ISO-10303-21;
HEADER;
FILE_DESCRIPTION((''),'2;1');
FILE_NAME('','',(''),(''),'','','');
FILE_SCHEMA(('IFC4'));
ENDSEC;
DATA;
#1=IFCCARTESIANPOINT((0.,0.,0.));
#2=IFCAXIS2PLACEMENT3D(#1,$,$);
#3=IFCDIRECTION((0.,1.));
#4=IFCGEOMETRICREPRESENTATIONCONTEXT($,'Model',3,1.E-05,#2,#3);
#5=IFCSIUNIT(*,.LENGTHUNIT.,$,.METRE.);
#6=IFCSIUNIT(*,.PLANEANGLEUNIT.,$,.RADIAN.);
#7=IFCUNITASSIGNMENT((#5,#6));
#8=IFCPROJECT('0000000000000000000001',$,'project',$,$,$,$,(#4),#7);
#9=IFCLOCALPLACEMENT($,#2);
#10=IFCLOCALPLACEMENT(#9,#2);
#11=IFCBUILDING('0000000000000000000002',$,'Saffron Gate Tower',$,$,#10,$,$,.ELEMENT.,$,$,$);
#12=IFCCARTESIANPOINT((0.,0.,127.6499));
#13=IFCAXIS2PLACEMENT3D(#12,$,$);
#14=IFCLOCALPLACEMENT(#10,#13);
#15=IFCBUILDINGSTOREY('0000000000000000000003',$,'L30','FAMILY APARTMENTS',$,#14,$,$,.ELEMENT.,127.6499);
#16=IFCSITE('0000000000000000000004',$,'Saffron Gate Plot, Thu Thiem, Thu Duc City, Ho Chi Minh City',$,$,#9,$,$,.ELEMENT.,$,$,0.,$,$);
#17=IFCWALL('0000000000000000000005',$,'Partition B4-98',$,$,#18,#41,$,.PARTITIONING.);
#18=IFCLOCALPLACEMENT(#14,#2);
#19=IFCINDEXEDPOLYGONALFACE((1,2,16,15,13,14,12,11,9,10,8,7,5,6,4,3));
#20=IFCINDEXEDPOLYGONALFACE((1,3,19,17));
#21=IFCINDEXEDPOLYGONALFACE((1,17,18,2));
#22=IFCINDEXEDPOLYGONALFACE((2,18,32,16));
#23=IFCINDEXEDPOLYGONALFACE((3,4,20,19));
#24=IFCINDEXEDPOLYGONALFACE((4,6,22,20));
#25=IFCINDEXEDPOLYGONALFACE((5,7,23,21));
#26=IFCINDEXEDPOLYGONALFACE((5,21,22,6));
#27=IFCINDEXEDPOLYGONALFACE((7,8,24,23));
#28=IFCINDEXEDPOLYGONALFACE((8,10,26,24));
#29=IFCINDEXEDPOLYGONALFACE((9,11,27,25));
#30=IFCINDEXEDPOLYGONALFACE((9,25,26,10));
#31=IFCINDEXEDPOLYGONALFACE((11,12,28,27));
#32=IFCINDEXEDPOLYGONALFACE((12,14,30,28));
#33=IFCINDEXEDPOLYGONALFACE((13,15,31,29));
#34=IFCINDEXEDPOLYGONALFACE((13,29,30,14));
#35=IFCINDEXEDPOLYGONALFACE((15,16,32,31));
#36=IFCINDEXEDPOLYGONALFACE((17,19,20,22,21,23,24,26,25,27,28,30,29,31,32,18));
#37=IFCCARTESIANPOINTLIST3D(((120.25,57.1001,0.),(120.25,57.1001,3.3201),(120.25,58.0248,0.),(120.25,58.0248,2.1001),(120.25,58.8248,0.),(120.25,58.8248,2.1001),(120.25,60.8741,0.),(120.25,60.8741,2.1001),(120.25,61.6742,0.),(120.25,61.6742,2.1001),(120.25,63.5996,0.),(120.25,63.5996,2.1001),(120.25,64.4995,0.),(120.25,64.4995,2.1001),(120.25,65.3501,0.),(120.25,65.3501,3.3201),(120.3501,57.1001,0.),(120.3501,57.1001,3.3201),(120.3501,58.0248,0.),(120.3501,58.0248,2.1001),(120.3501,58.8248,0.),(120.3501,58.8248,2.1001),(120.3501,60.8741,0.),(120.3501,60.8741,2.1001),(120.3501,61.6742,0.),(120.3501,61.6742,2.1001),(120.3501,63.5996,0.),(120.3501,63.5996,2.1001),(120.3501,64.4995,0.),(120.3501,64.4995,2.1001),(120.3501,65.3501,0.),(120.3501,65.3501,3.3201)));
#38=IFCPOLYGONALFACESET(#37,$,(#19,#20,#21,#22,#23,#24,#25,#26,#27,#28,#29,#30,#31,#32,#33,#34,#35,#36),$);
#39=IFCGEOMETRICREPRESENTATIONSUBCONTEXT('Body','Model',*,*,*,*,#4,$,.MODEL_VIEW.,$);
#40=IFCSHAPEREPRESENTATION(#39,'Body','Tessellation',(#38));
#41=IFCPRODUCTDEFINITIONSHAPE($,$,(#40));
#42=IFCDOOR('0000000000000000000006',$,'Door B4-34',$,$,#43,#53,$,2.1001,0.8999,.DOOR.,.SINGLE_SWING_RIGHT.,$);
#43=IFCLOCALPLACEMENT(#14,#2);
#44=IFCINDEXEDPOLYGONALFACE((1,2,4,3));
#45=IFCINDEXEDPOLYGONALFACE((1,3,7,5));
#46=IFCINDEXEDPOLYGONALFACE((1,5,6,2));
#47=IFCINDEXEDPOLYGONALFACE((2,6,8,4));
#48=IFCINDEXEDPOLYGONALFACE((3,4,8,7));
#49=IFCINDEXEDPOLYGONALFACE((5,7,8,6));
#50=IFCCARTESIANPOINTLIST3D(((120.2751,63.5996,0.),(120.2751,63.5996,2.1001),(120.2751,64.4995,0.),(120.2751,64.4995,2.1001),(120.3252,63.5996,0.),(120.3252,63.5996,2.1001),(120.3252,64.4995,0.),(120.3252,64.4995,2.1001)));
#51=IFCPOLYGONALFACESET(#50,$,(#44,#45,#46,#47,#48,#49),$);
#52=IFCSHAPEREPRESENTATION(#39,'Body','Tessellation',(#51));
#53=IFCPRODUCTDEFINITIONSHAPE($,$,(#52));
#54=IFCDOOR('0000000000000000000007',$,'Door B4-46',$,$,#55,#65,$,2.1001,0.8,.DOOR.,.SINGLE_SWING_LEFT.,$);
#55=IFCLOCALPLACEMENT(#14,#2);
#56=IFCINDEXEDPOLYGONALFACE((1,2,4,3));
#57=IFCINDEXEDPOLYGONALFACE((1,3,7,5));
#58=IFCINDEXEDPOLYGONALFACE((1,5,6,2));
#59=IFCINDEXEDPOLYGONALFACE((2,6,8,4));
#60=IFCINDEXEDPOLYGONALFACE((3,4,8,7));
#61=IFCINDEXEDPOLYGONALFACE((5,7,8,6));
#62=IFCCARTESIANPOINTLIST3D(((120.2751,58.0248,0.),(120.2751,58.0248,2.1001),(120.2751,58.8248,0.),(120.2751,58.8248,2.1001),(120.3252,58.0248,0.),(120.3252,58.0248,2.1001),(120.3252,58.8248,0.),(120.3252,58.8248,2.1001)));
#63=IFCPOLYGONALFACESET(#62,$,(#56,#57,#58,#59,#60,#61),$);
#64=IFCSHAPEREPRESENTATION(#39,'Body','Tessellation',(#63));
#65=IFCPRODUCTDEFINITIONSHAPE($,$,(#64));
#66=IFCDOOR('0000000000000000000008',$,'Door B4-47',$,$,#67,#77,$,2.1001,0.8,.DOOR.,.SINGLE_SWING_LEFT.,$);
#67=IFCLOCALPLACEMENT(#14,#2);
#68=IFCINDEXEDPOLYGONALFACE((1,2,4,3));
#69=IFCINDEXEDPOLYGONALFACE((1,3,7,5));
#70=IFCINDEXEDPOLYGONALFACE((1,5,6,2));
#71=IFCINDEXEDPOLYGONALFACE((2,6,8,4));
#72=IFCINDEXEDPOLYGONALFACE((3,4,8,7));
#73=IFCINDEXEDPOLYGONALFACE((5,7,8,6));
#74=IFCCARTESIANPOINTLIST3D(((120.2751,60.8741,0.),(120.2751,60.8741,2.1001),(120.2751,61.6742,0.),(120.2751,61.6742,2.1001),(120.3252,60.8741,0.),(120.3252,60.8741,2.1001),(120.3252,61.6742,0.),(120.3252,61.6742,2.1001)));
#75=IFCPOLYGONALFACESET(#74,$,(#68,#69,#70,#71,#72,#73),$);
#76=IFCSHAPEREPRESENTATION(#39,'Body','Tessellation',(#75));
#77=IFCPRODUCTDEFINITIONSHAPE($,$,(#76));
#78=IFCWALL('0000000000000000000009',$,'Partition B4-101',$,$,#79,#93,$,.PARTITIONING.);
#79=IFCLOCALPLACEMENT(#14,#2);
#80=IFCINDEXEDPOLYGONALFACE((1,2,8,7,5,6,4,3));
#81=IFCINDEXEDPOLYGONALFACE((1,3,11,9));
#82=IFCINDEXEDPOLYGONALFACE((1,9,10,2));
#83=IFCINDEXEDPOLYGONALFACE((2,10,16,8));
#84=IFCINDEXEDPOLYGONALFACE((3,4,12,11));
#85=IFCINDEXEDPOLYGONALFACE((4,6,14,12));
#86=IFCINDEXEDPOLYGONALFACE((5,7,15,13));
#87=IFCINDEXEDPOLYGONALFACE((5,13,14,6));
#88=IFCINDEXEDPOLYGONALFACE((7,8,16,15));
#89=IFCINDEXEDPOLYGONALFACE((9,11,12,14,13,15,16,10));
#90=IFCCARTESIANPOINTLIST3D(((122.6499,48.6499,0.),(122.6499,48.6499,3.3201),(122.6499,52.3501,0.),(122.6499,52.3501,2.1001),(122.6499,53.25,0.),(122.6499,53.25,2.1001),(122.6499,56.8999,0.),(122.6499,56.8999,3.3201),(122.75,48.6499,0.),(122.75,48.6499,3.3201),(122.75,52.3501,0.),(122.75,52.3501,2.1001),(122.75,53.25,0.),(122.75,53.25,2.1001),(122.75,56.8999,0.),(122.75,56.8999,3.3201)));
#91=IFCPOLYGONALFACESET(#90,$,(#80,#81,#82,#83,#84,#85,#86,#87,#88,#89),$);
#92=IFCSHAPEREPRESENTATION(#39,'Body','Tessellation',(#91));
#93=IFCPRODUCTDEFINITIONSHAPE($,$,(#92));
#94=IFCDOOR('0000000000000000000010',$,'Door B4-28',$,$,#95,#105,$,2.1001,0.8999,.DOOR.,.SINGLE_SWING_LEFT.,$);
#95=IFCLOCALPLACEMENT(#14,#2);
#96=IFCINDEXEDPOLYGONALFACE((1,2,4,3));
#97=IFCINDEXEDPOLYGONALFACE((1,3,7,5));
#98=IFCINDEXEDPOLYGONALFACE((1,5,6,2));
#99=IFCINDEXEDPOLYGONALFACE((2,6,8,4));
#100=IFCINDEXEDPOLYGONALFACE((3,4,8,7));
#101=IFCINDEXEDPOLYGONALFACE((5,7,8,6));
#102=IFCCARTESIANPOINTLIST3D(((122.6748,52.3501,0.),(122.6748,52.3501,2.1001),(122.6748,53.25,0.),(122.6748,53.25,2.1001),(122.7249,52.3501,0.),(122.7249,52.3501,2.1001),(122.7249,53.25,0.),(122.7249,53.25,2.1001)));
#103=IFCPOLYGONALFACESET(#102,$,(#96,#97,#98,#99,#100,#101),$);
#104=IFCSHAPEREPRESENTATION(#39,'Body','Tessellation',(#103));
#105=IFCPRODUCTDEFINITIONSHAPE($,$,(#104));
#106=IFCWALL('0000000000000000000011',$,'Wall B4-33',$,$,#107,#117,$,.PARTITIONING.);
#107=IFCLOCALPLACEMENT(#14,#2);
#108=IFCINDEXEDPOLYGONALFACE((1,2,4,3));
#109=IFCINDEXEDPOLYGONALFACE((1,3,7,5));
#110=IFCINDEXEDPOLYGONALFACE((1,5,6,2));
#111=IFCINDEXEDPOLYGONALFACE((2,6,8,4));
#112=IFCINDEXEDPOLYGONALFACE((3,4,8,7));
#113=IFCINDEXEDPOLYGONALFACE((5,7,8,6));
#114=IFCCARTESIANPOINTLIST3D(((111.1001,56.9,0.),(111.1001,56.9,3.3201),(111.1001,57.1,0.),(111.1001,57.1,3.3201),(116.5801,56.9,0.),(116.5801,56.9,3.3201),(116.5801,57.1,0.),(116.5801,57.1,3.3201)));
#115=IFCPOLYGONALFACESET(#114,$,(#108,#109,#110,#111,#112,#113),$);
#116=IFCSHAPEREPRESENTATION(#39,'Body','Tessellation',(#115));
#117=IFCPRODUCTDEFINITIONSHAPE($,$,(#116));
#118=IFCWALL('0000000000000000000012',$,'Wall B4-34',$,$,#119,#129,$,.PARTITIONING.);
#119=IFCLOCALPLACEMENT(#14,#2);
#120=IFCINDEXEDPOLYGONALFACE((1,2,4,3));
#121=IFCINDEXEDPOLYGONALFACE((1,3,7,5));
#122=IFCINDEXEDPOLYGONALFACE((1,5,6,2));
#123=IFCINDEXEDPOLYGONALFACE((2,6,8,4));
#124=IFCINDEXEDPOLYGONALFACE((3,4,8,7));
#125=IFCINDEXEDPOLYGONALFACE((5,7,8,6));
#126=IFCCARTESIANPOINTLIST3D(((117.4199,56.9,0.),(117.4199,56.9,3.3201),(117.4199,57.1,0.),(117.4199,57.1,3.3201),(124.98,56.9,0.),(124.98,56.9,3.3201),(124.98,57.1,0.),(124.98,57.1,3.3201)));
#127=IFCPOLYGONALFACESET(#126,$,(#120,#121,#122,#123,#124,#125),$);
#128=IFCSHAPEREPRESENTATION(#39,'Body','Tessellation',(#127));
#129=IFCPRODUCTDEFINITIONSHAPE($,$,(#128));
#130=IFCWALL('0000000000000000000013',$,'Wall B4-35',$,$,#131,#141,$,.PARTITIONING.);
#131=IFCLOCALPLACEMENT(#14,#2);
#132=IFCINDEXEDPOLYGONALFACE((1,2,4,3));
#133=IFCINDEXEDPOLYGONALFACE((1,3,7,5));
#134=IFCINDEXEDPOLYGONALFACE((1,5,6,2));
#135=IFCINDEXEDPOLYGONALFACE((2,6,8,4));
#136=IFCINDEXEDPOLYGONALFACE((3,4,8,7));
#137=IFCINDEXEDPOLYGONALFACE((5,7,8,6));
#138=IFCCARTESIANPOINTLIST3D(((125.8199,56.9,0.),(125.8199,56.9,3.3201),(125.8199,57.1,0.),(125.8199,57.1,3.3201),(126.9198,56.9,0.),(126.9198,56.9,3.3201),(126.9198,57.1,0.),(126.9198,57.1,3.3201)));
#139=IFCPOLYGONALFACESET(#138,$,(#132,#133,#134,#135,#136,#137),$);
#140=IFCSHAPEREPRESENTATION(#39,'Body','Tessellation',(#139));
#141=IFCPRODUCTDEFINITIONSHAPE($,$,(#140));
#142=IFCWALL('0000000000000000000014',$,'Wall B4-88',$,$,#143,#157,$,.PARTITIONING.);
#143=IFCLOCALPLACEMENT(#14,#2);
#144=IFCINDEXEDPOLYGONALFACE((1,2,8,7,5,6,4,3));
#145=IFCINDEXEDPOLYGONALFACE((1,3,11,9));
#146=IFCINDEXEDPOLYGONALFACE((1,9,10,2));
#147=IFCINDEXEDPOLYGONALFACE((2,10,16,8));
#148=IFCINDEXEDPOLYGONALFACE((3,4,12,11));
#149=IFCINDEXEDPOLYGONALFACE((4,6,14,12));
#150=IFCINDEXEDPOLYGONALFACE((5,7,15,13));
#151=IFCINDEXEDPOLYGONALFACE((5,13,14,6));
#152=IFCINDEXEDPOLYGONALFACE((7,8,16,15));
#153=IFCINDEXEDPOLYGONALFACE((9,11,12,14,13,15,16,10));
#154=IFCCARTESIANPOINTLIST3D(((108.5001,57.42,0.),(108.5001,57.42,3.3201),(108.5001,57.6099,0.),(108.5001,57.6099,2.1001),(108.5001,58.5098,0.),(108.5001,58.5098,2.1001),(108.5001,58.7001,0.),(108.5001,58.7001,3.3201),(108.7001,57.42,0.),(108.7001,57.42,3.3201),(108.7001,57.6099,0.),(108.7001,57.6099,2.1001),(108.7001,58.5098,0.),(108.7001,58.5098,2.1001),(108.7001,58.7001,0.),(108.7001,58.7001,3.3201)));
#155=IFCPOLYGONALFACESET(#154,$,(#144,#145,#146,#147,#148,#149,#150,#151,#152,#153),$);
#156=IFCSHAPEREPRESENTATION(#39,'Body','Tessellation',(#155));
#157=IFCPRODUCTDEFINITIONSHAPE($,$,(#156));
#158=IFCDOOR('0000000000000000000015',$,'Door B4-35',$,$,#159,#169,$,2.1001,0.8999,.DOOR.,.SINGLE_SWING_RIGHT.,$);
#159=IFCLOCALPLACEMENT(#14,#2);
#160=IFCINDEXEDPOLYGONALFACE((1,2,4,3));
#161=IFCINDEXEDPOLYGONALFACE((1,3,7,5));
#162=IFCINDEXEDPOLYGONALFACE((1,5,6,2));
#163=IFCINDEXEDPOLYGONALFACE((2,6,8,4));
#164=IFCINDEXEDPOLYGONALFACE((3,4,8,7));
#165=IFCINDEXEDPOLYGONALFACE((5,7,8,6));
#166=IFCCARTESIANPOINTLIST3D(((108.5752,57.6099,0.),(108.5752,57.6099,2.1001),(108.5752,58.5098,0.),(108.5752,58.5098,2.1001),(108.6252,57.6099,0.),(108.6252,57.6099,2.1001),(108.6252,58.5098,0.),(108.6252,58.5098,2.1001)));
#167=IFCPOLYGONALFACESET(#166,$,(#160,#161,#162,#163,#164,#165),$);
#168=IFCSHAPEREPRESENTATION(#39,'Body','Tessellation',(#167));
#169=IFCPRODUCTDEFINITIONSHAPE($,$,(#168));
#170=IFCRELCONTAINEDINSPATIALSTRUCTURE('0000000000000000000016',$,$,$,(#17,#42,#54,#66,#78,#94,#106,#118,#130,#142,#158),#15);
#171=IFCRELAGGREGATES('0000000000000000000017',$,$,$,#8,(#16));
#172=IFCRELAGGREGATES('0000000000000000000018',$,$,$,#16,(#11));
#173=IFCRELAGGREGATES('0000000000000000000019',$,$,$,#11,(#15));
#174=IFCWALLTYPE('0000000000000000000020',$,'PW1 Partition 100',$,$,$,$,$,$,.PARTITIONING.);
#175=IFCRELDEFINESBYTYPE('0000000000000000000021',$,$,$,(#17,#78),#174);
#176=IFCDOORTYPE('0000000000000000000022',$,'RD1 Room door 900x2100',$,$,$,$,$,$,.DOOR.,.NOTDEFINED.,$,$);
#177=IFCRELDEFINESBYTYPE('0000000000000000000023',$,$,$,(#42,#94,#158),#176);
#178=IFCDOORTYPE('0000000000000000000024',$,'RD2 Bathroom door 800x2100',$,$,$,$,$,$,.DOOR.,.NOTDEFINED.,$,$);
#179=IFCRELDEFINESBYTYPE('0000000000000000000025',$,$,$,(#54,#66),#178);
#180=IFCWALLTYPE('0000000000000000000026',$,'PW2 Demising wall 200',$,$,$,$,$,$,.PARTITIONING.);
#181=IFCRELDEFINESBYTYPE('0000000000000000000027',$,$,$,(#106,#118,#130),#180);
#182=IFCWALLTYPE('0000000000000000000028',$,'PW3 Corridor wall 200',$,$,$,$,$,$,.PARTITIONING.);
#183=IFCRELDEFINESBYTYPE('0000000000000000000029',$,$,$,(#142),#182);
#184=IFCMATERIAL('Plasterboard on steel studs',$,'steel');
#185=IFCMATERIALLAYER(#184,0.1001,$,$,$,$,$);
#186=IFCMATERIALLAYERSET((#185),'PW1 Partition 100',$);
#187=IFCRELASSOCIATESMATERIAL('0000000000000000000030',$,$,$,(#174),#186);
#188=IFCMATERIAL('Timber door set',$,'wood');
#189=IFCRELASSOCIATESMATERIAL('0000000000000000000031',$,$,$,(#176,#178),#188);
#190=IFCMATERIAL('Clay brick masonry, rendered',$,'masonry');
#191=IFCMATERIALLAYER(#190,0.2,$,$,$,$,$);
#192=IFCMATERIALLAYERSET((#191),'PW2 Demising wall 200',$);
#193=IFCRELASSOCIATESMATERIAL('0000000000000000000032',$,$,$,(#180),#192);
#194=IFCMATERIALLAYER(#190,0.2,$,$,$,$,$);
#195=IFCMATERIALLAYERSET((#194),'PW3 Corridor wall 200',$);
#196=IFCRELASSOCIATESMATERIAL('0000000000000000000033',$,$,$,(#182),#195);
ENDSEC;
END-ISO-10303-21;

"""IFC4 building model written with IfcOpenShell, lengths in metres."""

from ifc_helpers import new_model, si_unit, direction, frame, frame_2d, origin, place, context, subcontext, project, spatial, rectangle, extrude, material, layer, layer_set, type_object, element, fill, save


model = new_model("IFC4")

# Units and contexts
model_context = context("Model", 3, precision=1e-05, world=origin(), true_north=direction((0.0, 1.0)))
body_context = subcontext(model_context, "Body", "Model", "MODEL_VIEW")
ifc_project = project(units=[si_unit("LENGTHUNIT", "METRE"), si_unit("PLANEANGLEUNIT", "RADIAN")], contexts=[model_context])

# Site, building, storey
site_placement = place(None, origin())
site = spatial("IfcSite", under=ifc_project, at=site_placement, Name="Saffron Gate Plot, Thu Thiem, Thu Duc City, Ho Chi Minh City", CompositionType="ELEMENT", RefElevation=0.0)
building_placement = place(site_placement, origin())
building = spatial("IfcBuilding", under=site, at=building_placement, Name="Saffron Gate Tower", CompositionType="ELEMENT")
storey_placement = place(building_placement, frame((0.0, 0.0, 127.6499)))
storey = spatial("IfcBuildingStorey", under=building, at=storey_placement, Name="L30", Description="FAMILY APARTMENTS", CompositionType="ELEMENT", Elevation=127.6499)

# Shared definitions
ifc_material_1 = material(Name="Plasterboard on steel studs", Category="steel")
ifc_layer_1 = layer(ifc_material_1, 0.1001)
ifc_layer_set_1 = layer_set([ifc_layer_1], Name="PW1 Partition 100")
wall_type_1 = type_object("IfcWallType", Name="PW1 Partition 100", PredefinedType="PARTITIONING", material=ifc_layer_set_1)

# Shared definitions
ifc_material_2 = material(Name="Timber door set", Category="wood")
door_type_1 = type_object("IfcDoorType", Name="RD1 Room door 900x2100", OperationType="NOTDEFINED", PredefinedType="DOOR", material=ifc_material_2)

# Wall, openings, doors
wall_1_placement = place(storey_placement, frame((120.3, 57.1001, 0.0), z_axis=(0.0, 0.0, 1.0), x_axis=(0.0, 1.0, 0.0)))
wall_1 = element("IfcWall", 1, at=wall_1_placement, inside=storey, type_object=wall_type_1, Name="Partition B4-98", PredefinedType="PARTITIONING", context=body_context, shape_type="SweptSolid", body=[
    extrude(rectangle(XDim=8.25, YDim=0.1001, at=frame_2d((4.125, 0.0))), origin(), (0.0, 0.0, 1.0), 3.3201),
])
opening_1_placement = place(wall_1_placement, frame((0.9248, 0.0, 0.0)))
opening_1 = element("IfcOpeningElement", 2, at=opening_1_placement, cuts=wall_1, PredefinedType="OPENING", context=body_context, shape_type="SweptSolid", body=[
    extrude(rectangle(XDim=0.8, YDim=2.1001, at=frame_2d((0.3999, 1.05))), frame((0.0, 0.0601, 0.0), z_axis=(0.0, -1.0, 0.0), x_axis=(1.0, 0.0, 0.0)), (0.0, 0.0, 1.0), 0.1201),
])
opening_2_placement = place(wall_1_placement, frame((3.7742, 0.0, 0.0)))
opening_2 = element("IfcOpeningElement", 3, at=opening_2_placement, cuts=wall_1, PredefinedType="OPENING", context=body_context, shape_type="SweptSolid", body=[
    extrude(rectangle(XDim=0.8, YDim=2.1001, at=frame_2d((0.3999, 1.05))), frame((0.0, 0.0601, 0.0), z_axis=(0.0, -1.0, 0.0), x_axis=(1.0, 0.0, 0.0)), (0.0, 0.0, 1.0), 0.1201),
])
opening_3_placement = place(wall_1_placement, frame((6.4995, 0.0, 0.0)))
opening_3 = element("IfcOpeningElement", 4, at=opening_3_placement, cuts=wall_1, PredefinedType="OPENING", context=body_context, shape_type="SweptSolid", body=[
    extrude(rectangle(XDim=0.8999, YDim=2.1001, at=frame_2d((0.45, 1.05))), frame((0.0, 0.0601, 0.0), z_axis=(0.0, -1.0, 0.0), x_axis=(1.0, 0.0, 0.0)), (0.0, 0.0, 1.0), 0.1201),
])
door_1_placement = place(opening_3_placement, origin())
door_1 = element("IfcDoor", 5, at=door_1_placement, inside=storey, type_object=door_type_1, Name="Door B4-34", OperationType="SINGLE_SWING_RIGHT", OverallHeight=2.1001, OverallWidth=0.8999, PredefinedType="DOOR", context=body_context, shape_type="SweptSolid", body=[
    extrude(rectangle(XDim=0.8999, YDim=2.1001, at=frame_2d((0.45, 1.05))), frame((0.0, 0.0249, 0.0), z_axis=(0.0, -1.0, 0.0), x_axis=(1.0, 0.0, 0.0)), (0.0, 0.0, 1.0), 0.05),
])
fill(opening_3, door_1)
door_type_2 = type_object("IfcDoorType", Name="RD2 Bathroom door 800x2100", OperationType="NOTDEFINED", PredefinedType="DOOR", material=ifc_material_2)
door_2_placement = place(opening_1_placement, origin())
door_2 = element("IfcDoor", 6, at=door_2_placement, inside=storey, type_object=door_type_2, Name="Door B4-46", OperationType="SINGLE_SWING_LEFT", OverallHeight=2.1001, OverallWidth=0.8, PredefinedType="DOOR", context=body_context, shape_type="SweptSolid", body=[
    extrude(rectangle(XDim=0.8, YDim=2.1001, at=frame_2d((0.3999, 1.05))), frame((0.0, 0.0249, 0.0), z_axis=(0.0, -1.0, 0.0), x_axis=(1.0, 0.0, 0.0)), (0.0, 0.0, 1.0), 0.05),
])
fill(opening_1, door_2)
door_3_placement = place(opening_2_placement, origin())
door_3 = element("IfcDoor", 7, at=door_3_placement, inside=storey, type_object=door_type_2, Name="Door B4-47", OperationType="SINGLE_SWING_LEFT", OverallHeight=2.1001, OverallWidth=0.8, PredefinedType="DOOR", context=body_context, shape_type="SweptSolid", body=[
    extrude(rectangle(XDim=0.8, YDim=2.1001, at=frame_2d((0.3999, 1.05))), frame((0.0, 0.0249, 0.0), z_axis=(0.0, -1.0, 0.0), x_axis=(1.0, 0.0, 0.0)), (0.0, 0.0, 1.0), 0.05),
])
fill(opening_2, door_3)

# Wall, opening, door
wall_2_placement = place(storey_placement, frame((122.7, 56.8999, 0.0), z_axis=(0.0, 0.0, 1.0), x_axis=(0.0, -1.0, 0.0)))
wall_2 = element("IfcWall", 8, at=wall_2_placement, inside=storey, type_object=wall_type_1, Name="Partition B4-101", PredefinedType="PARTITIONING", context=body_context, shape_type="SweptSolid", body=[
    extrude(rectangle(XDim=8.25, YDim=0.1001, at=frame_2d((4.125, 0.0))), origin(), (0.0, 0.0, 1.0), 3.3201),
])
opening_4_placement = place(wall_2_placement, frame((3.6499, 0.0, 0.0)))
opening_4 = element("IfcOpeningElement", 9, at=opening_4_placement, cuts=wall_2, PredefinedType="OPENING", context=body_context, shape_type="SweptSolid", body=[
    extrude(rectangle(XDim=0.8999, YDim=2.1001, at=frame_2d((0.45, 1.05))), frame((0.0, 0.0601, 0.0), z_axis=(0.0, -1.0, 0.0), x_axis=(1.0, 0.0, 0.0)), (0.0, 0.0, 1.0), 0.1201),
])
door_4_placement = place(opening_4_placement, origin())
door_4 = element("IfcDoor", 10, at=door_4_placement, inside=storey, type_object=door_type_1, Name="Door B4-28", OperationType="SINGLE_SWING_LEFT", OverallHeight=2.1001, OverallWidth=0.8999, PredefinedType="DOOR", context=body_context, shape_type="SweptSolid", body=[
    extrude(rectangle(XDim=0.8999, YDim=2.1001, at=frame_2d((0.45, 1.05))), frame((0.0, 0.0249, 0.0), z_axis=(0.0, -1.0, 0.0), x_axis=(1.0, 0.0, 0.0)), (0.0, 0.0, 1.0), 0.05),
])
fill(opening_4, door_4)

# Walls
ifc_material_3 = material(Name="Clay brick masonry, rendered", Category="masonry")
ifc_layer_2 = layer(ifc_material_3, 0.2)
ifc_layer_set_2 = layer_set([ifc_layer_2], Name="PW2 Demising wall 200")
wall_type_2 = type_object("IfcWallType", Name="PW2 Demising wall 200", PredefinedType="PARTITIONING", material=ifc_layer_set_2)
wall_3_placement = place(storey_placement, frame((111.1001, 57.0, 0.0), z_axis=(0.0, 0.0, 1.0), x_axis=(1.0, 0.0, 0.0)))
element("IfcWall", 11, at=wall_3_placement, inside=storey, type_object=wall_type_2, Name="Wall B4-33", PredefinedType="PARTITIONING", context=body_context, shape_type="SweptSolid", body=[
    extrude(rectangle(XDim=5.48, YDim=0.2, at=frame_2d((2.74, 0.0))), origin(), (0.0, 0.0, 1.0), 3.3201),
])
wall_4_placement = place(storey_placement, frame((117.4199, 57.0, 0.0), z_axis=(0.0, 0.0, 1.0), x_axis=(1.0, 0.0, 0.0)))
element("IfcWall", 12, at=wall_4_placement, inside=storey, type_object=wall_type_2, Name="Wall B4-34", PredefinedType="PARTITIONING", context=body_context, shape_type="SweptSolid", body=[
    extrude(rectangle(XDim=7.5601, YDim=0.2, at=frame_2d((3.78, 0.0))), origin(), (0.0, 0.0, 1.0), 3.3201),
])
wall_5_placement = place(storey_placement, frame((125.8201, 57.0, 0.0), z_axis=(0.0, 0.0, 1.0), x_axis=(1.0, 0.0, 0.0)))
element("IfcWall", 13, at=wall_5_placement, inside=storey, type_object=wall_type_2, Name="Wall B4-35", PredefinedType="PARTITIONING", context=body_context, shape_type="SweptSolid", body=[
    extrude(rectangle(XDim=1.0999, YDim=0.2, at=frame_2d((0.5498, 0.0))), origin(), (0.0, 0.0, 1.0), 3.3201),
])

# Wall, opening, door
ifc_layer_3 = layer(ifc_material_3, 0.2)
ifc_layer_set_3 = layer_set([ifc_layer_3], Name="PW3 Corridor wall 200")
wall_type_3 = type_object("IfcWallType", Name="PW3 Corridor wall 200", PredefinedType="PARTITIONING", material=ifc_layer_set_3)
wall_6_placement = place(storey_placement, frame((108.6001, 57.4199, 0.0), z_axis=(0.0, 0.0, 1.0), x_axis=(0.0, 1.0, 0.0)))
wall_6 = element("IfcWall", 14, at=wall_6_placement, inside=storey, type_object=wall_type_3, Name="Wall B4-88", PredefinedType="PARTITIONING", context=body_context, shape_type="SweptSolid", body=[
    extrude(rectangle(XDim=1.28, YDim=0.2, at=frame_2d((0.6401, 0.0))), origin(), (0.0, 0.0, 1.0), 3.3201),
])
opening_5_placement = place(wall_6_placement, frame((0.1899, 0.0, 0.0)))
opening_5 = element("IfcOpeningElement", 15, at=opening_5_placement, cuts=wall_6, PredefinedType="OPENING", context=body_context, shape_type="SweptSolid", body=[
    extrude(rectangle(XDim=0.8999, YDim=2.1001, at=frame_2d((0.45, 1.05))), frame((0.0, 0.1099, 0.0), z_axis=(0.0, -1.0, 0.0), x_axis=(1.0, 0.0, 0.0)), (0.0, 0.0, 1.0), 0.22),
])
door_5_placement = place(opening_5_placement, origin())
door_5 = element("IfcDoor", 16, at=door_5_placement, inside=storey, type_object=door_type_1, Name="Door B4-35", OperationType="SINGLE_SWING_RIGHT", OverallHeight=2.1001, OverallWidth=0.8999, PredefinedType="DOOR", context=body_context, shape_type="SweptSolid", body=[
    extrude(rectangle(XDim=0.8999, YDim=2.1001, at=frame_2d((0.45, 1.05))), frame((0.0, 0.0249, 0.0), z_axis=(0.0, -1.0, 0.0), x_axis=(1.0, 0.0, 0.0)), (0.0, 0.0, 1.0), 0.05),
])
fill(opening_5, door_5)

save(model, "model.ifc")
